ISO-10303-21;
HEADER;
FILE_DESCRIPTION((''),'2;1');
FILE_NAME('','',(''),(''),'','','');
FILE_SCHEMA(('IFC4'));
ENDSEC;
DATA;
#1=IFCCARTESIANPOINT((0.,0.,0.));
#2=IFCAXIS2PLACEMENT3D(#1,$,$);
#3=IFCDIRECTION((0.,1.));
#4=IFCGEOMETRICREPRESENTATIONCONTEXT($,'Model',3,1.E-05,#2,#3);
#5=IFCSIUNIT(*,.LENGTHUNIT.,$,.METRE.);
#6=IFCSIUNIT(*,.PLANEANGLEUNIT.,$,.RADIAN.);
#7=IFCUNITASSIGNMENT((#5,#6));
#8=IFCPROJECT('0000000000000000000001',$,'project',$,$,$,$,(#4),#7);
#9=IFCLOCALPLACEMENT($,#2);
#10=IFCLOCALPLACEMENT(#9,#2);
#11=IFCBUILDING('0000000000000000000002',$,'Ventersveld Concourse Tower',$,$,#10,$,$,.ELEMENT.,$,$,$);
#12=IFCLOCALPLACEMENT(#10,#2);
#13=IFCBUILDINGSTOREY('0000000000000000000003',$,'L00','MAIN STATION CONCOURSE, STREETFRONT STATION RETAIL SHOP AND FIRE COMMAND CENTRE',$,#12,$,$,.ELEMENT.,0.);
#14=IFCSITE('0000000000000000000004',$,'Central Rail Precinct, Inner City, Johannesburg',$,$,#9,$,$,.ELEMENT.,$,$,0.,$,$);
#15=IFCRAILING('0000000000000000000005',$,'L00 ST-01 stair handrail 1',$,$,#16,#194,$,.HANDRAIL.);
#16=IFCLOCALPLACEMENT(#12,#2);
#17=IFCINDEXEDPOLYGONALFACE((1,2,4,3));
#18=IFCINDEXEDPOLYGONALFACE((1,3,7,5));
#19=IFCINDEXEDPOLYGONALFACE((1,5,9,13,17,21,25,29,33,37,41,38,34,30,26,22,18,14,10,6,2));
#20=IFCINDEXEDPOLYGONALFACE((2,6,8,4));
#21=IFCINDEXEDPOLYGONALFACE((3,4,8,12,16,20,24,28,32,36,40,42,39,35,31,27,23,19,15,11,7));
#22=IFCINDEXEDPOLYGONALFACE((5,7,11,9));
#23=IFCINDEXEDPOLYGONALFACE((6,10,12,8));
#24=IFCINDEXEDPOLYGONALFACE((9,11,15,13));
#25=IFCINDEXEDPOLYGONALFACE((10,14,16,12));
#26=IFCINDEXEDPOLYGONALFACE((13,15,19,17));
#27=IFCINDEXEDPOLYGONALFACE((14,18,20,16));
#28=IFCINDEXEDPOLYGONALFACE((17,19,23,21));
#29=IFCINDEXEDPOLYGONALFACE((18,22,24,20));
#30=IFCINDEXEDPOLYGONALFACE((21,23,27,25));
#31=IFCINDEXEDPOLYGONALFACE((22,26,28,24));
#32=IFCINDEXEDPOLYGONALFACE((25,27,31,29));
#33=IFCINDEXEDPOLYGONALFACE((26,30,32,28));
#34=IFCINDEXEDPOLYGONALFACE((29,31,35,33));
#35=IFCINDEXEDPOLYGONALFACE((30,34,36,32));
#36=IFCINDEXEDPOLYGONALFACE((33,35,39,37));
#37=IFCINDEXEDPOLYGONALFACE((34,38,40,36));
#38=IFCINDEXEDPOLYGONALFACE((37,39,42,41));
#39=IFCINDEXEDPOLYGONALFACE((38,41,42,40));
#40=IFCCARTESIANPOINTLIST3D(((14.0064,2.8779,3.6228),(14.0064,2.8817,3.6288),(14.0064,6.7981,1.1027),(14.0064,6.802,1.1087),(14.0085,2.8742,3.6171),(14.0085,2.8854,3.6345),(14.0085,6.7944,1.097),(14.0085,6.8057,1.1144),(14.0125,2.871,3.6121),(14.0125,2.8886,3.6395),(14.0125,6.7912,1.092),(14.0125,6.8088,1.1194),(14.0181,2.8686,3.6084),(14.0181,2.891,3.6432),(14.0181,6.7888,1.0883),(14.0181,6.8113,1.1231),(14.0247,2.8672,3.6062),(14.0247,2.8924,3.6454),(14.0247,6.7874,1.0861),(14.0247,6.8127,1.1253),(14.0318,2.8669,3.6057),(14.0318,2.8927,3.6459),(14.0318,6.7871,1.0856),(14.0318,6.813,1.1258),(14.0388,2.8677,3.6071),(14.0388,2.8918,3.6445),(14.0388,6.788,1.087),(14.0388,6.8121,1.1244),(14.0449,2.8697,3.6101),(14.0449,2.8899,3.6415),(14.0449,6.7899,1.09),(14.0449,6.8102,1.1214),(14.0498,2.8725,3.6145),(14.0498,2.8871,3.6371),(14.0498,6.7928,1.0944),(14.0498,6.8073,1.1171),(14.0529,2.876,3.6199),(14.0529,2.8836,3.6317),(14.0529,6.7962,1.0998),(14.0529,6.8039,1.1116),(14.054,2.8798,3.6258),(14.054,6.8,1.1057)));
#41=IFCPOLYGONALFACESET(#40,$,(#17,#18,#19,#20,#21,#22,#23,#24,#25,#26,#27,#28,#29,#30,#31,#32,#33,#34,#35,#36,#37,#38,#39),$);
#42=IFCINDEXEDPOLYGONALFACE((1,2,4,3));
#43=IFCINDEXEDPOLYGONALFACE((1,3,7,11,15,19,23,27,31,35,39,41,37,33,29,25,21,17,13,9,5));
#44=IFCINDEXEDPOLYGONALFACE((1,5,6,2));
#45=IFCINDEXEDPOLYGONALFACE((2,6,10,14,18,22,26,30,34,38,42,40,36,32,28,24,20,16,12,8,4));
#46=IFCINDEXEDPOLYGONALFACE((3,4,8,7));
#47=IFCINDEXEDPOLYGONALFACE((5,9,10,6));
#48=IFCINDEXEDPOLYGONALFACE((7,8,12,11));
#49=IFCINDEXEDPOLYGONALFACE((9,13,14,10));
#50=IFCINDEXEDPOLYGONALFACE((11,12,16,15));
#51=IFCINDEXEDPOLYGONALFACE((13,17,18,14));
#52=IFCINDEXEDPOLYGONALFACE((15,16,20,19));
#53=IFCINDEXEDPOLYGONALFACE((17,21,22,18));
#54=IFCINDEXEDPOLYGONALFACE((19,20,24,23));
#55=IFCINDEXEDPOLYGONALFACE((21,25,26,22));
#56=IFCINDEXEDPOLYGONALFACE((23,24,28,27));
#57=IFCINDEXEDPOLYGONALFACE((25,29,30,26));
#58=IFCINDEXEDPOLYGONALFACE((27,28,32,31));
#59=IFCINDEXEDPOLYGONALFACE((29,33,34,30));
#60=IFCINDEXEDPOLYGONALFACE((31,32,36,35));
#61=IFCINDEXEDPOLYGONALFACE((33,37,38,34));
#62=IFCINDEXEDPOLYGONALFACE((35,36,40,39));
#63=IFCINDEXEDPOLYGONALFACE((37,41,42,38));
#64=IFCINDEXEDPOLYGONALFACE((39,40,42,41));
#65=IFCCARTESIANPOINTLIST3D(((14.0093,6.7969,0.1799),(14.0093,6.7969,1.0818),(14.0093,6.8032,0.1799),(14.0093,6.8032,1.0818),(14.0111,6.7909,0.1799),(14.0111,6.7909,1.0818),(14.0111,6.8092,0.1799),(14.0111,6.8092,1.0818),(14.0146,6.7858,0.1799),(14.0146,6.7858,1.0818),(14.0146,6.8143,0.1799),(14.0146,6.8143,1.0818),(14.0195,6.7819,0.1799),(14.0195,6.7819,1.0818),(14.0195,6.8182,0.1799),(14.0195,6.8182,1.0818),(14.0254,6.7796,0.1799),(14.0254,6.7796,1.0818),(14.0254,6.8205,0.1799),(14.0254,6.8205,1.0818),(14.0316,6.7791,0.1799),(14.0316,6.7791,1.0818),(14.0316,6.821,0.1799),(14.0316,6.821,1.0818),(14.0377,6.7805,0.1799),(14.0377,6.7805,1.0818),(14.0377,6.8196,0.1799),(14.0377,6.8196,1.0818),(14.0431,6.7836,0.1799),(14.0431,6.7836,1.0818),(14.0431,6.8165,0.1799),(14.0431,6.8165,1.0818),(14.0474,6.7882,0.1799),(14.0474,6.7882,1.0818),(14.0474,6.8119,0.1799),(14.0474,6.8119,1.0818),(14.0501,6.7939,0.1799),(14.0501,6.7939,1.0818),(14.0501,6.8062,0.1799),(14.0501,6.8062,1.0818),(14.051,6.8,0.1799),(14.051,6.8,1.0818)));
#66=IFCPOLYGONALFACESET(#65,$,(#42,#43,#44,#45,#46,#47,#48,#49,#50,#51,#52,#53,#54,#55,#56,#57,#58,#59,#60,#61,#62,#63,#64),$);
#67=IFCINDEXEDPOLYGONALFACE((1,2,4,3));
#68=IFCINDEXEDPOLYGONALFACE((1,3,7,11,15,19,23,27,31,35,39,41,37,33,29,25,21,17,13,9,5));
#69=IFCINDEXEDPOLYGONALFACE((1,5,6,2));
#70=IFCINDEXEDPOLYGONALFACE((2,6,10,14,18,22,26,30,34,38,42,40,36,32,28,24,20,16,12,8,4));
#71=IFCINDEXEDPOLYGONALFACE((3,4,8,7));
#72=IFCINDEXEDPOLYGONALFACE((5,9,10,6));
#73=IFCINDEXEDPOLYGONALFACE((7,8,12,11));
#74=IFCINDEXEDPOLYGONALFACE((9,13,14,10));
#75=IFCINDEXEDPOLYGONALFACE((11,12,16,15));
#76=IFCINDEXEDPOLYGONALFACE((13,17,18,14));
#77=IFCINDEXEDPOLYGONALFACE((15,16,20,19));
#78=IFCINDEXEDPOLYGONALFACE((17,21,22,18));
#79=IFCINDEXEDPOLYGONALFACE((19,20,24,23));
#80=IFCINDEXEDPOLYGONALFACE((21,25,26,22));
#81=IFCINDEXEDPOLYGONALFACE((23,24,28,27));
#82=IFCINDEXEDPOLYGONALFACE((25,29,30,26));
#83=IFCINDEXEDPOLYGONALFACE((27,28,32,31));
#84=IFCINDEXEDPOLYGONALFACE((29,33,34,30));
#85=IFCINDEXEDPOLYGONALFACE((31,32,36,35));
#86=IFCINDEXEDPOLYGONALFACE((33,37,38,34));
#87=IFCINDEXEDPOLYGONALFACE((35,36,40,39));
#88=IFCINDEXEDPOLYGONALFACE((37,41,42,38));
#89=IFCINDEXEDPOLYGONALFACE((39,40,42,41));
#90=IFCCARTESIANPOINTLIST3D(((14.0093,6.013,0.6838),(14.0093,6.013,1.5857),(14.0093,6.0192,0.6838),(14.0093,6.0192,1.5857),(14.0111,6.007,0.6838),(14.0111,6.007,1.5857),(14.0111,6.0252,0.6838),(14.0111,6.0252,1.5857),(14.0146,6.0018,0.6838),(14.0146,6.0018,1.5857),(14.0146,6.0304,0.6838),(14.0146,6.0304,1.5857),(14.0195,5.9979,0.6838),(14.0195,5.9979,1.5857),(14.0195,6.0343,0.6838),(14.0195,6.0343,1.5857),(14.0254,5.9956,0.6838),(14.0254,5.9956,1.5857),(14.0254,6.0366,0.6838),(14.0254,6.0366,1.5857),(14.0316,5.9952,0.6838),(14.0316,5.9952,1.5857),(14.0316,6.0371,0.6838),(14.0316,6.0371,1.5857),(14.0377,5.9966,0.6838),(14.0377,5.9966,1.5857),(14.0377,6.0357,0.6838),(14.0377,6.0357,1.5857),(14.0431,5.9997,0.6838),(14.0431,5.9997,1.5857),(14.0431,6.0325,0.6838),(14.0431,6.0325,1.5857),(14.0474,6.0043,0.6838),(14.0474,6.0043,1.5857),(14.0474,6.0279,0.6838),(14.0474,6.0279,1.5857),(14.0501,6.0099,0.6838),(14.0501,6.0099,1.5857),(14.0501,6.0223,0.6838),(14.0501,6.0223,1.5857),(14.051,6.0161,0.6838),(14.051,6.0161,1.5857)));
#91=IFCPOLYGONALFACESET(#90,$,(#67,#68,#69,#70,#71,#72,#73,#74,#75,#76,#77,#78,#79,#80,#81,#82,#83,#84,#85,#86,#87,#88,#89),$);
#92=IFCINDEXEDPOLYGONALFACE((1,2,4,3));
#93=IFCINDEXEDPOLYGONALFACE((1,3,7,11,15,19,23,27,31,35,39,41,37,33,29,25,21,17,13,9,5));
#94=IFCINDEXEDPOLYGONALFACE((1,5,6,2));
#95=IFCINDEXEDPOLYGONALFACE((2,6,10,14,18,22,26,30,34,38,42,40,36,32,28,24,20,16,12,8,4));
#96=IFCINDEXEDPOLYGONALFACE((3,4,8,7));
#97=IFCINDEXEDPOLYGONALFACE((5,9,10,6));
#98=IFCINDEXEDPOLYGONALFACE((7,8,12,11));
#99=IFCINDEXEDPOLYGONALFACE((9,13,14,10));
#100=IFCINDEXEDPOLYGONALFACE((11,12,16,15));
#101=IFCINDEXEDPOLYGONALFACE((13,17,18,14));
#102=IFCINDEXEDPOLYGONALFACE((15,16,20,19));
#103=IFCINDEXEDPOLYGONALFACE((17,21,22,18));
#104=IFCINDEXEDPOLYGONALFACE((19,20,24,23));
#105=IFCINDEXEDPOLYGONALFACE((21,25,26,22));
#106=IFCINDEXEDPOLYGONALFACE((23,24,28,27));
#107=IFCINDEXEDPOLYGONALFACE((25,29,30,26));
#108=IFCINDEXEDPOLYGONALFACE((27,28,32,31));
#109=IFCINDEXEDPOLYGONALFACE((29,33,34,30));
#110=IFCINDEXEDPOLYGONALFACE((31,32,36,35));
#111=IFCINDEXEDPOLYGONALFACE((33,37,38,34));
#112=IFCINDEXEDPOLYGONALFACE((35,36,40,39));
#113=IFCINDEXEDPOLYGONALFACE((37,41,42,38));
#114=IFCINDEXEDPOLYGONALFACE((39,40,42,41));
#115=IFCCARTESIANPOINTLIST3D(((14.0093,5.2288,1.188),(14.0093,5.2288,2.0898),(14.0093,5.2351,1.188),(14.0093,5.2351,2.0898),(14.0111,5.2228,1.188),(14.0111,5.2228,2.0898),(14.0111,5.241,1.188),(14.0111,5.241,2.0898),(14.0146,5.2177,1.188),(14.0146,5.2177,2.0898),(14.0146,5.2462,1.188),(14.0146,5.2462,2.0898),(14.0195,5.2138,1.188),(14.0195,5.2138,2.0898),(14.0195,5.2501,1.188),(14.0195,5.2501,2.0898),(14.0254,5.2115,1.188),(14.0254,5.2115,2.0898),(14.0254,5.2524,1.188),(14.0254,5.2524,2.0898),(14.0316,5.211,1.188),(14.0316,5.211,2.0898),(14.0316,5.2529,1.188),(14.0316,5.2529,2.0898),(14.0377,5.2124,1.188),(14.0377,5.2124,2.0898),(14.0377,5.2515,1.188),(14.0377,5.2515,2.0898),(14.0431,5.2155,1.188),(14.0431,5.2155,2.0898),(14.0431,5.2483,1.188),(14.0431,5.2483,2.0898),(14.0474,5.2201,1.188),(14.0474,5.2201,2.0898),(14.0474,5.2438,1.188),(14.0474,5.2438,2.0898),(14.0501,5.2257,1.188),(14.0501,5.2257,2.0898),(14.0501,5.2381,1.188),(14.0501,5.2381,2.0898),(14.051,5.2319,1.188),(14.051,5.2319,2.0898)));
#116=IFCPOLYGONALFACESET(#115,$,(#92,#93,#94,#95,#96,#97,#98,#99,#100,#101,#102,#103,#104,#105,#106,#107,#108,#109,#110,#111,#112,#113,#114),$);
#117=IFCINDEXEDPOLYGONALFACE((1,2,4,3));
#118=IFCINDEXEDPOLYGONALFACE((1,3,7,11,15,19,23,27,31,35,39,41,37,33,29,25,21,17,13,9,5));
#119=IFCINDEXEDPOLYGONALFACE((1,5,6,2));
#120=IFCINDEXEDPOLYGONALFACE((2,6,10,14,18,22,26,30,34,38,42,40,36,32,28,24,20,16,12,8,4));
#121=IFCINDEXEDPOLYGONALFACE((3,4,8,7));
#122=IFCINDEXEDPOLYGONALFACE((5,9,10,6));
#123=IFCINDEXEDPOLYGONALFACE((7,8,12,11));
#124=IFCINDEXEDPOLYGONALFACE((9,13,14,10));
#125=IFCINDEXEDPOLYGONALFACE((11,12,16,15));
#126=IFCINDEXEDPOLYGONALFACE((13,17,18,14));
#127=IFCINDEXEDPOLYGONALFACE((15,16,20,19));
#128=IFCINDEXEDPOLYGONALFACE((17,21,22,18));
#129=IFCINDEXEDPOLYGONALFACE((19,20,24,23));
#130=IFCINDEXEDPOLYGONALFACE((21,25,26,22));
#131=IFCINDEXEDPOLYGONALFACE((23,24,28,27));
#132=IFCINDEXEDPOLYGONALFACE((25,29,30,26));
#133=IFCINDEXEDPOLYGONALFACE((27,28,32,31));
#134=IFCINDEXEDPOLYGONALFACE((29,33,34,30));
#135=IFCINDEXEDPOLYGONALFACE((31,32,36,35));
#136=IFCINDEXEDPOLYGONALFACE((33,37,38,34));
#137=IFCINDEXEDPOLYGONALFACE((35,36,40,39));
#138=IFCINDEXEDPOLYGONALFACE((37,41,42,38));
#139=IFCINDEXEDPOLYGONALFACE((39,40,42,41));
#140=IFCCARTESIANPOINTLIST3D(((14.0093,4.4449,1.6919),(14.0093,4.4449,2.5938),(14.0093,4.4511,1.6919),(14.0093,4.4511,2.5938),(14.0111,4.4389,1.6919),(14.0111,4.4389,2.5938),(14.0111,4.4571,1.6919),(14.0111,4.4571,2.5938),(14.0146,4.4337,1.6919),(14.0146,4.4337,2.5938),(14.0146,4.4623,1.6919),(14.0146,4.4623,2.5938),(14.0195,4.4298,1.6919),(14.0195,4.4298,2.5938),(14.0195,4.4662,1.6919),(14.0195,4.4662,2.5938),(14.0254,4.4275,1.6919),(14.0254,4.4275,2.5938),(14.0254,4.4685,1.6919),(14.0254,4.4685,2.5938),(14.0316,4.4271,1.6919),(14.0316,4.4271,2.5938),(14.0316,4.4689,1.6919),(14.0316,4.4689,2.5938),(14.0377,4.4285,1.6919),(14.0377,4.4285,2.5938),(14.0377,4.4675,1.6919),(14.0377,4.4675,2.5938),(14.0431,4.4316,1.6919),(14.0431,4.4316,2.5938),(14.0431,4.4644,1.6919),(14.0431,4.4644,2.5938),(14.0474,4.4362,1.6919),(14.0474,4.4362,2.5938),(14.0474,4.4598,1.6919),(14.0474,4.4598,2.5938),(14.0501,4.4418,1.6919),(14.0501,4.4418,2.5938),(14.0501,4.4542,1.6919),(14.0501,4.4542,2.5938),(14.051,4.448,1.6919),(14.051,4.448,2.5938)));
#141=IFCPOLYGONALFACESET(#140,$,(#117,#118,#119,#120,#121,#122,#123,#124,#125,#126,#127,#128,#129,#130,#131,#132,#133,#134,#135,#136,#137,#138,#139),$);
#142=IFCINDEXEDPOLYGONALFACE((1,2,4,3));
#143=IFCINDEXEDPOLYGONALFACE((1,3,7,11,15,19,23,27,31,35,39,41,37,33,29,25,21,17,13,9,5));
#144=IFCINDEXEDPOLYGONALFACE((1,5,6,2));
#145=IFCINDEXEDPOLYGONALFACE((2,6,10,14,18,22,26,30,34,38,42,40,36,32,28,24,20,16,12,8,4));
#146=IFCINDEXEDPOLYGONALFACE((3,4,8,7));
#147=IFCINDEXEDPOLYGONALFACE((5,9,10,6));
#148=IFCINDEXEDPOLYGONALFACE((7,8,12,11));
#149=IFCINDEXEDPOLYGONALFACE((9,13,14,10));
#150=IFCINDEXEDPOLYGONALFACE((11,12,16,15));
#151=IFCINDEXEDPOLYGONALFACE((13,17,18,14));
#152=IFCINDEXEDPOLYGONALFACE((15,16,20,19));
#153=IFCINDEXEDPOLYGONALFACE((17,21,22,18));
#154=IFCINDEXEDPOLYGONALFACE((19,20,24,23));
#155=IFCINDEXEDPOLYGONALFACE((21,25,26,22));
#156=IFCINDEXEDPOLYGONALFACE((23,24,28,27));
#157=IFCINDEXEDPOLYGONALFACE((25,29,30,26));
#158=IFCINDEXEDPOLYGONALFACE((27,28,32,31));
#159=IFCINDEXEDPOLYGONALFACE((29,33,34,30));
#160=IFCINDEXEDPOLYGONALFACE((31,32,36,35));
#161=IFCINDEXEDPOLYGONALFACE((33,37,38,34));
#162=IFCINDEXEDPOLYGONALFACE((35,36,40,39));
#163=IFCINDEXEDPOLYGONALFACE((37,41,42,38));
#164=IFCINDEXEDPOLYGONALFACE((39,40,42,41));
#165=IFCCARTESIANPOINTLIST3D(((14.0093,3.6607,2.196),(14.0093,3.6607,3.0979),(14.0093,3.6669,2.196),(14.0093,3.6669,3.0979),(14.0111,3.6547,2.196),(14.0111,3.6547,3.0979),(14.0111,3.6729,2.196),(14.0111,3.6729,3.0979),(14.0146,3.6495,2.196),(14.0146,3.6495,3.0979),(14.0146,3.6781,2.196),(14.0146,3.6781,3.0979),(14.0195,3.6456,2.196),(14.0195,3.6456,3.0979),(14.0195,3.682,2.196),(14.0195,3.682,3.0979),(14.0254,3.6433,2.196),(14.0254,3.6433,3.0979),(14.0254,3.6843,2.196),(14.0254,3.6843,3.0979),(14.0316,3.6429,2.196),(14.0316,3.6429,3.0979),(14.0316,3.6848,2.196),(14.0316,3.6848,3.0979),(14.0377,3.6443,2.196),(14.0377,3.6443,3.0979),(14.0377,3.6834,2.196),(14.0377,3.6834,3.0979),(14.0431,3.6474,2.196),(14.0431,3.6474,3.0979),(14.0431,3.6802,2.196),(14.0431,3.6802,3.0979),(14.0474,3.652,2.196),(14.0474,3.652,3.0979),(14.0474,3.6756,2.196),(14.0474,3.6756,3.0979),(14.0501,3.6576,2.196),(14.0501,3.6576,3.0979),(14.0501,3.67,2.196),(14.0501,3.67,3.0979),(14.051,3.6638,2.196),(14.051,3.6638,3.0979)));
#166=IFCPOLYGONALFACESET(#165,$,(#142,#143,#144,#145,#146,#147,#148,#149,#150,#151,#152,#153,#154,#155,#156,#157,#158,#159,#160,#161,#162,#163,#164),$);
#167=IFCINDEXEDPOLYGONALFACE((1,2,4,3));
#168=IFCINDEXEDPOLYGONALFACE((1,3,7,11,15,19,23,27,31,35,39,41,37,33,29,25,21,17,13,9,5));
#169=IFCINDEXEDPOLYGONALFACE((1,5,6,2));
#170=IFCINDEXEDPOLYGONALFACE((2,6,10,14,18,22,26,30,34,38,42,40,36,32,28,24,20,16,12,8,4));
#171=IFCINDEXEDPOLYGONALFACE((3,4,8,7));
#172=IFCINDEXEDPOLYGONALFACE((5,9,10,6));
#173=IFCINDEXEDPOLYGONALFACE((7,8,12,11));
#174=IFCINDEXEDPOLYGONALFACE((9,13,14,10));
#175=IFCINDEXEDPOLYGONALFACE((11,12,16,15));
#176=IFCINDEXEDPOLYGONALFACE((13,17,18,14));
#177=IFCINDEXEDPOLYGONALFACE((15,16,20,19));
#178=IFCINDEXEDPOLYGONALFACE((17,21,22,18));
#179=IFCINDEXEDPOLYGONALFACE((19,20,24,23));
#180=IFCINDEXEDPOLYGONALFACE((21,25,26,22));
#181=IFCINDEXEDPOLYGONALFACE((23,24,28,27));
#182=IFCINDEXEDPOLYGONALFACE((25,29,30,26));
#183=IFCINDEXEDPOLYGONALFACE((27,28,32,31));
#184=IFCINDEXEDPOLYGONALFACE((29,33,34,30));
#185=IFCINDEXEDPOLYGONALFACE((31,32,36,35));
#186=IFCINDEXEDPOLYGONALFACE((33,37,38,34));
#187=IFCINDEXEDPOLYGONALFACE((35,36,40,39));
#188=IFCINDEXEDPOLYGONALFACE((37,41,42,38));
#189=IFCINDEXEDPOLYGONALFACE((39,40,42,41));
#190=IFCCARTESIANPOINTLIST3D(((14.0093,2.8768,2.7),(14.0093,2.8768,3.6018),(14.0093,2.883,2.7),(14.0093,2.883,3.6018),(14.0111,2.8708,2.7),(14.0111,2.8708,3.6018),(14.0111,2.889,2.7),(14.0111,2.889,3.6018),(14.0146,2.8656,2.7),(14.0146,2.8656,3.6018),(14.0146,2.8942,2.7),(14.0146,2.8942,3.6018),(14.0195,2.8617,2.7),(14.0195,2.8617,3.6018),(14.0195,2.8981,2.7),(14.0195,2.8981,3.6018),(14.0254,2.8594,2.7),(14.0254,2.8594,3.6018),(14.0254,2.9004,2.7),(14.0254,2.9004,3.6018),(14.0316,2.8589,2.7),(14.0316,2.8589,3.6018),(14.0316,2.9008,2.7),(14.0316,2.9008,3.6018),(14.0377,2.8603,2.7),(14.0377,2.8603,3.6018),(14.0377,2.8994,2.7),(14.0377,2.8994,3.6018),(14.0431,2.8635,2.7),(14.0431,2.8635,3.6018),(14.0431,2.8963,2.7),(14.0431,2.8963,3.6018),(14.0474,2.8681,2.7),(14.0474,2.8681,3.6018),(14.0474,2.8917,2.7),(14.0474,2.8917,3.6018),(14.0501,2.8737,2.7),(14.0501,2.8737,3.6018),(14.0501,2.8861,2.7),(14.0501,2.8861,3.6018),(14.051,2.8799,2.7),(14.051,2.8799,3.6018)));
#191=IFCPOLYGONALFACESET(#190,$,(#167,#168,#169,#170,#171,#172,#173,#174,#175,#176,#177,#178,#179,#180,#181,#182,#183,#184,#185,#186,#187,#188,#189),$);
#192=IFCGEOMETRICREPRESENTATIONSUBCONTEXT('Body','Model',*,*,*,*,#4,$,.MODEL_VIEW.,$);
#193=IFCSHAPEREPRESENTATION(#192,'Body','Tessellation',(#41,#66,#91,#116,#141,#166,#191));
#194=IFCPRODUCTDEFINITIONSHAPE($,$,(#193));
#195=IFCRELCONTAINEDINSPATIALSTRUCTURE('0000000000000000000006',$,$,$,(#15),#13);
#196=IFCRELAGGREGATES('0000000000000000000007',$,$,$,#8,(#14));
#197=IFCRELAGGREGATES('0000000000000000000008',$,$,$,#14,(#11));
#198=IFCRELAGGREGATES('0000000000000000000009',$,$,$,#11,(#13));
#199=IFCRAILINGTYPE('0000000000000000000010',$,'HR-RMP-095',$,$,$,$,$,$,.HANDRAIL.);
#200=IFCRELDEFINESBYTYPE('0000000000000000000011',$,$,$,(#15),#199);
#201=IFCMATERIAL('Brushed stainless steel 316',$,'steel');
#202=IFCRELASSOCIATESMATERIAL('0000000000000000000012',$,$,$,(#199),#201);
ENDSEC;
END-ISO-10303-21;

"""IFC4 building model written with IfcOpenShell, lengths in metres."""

from ifc_helpers import new_model, si_unit, direction, frame, origin, origin_2d, place, context, subcontext, project, spatial, circle, extrude, material, type_object, element, save


model = new_model("IFC4")

# Units and contexts
model_context = context("Model", 3, precision=1e-05, world=origin(), true_north=direction((0.0, 1.0)))
body_context = subcontext(model_context, "Body", "Model", "MODEL_VIEW")
ifc_project = project(units=[si_unit("LENGTHUNIT", "METRE"), si_unit("PLANEANGLEUNIT", "RADIAN")], contexts=[model_context])

# Site, building, storey
site_placement = place(None, origin())
site = spatial("IfcSite", under=ifc_project, at=site_placement, Name="Central Rail Precinct, Inner City, Johannesburg", CompositionType="ELEMENT", RefElevation=0.0)
building_placement = place(site_placement, origin())
building = spatial("IfcBuilding", under=site, at=building_placement, Name="Ventersveld Concourse Tower", CompositionType="ELEMENT")
storey_placement = place(building_placement, origin())
storey = spatial("IfcBuildingStorey", under=building, at=storey_placement, Name="L00", Description="MAIN STATION CONCOURSE, STREETFRONT STATION RETAIL SHOP AND FIRE COMMAND CENTRE", CompositionType="ELEMENT", Elevation=0.0)

# Shared definitions
ifc_material_1 = material(Name="Brushed stainless steel 316", Category="steel")

# Railing
railing_type_1 = type_object("IfcRailingType", Name="HR-RMP-095", PredefinedType="HANDRAIL", material=ifc_material_1)
railing_1_placement = place(storey_placement, frame((14.03, 6.8, 0.1799)))
element("IfcRailing", 1, at=railing_1_placement, inside=storey, type_object=railing_type_1, Name="L00 ST-01 stair handrail 1", PredefinedType="HANDRAIL", context=body_context, shape_type="SweptSolid", body=[
    extrude(circle(Radius=0.0239, at=origin_2d()), frame((0.0, 0.0, 0.9258), z_axis=(0.0, -0.841187, 0.540744), x_axis=(1.0, 0.0, 0.0)), (0.0, 0.0, 1.0), 4.6604),
    extrude(circle(Radius=0.021, at=origin_2d()), origin(), (0.0, 0.0, 1.0), 0.9019),
    extrude(circle(Radius=0.021, at=origin_2d()), frame((0.0, -0.7839, 0.5039)), (0.0, 0.0, 1.0), 0.9019),
    extrude(circle(Radius=0.021, at=origin_2d()), frame((0.0, -1.5681, 1.0081)), (0.0, 0.0, 1.0), 0.9019),
    extrude(circle(Radius=0.021, at=origin_2d()), frame((0.0, -2.3521, 1.512)), (0.0, 0.0, 1.0), 0.9019),
    extrude(circle(Radius=0.021, at=origin_2d()), frame((0.0, -3.1362, 2.0161)), (0.0, 0.0, 1.0), 0.9019),
    extrude(circle(Radius=0.021, at=origin_2d()), frame((0.0, -3.9202, 2.52)), (0.0, 0.0, 1.0), 0.9019),
])

save(model, "model.ifc")
